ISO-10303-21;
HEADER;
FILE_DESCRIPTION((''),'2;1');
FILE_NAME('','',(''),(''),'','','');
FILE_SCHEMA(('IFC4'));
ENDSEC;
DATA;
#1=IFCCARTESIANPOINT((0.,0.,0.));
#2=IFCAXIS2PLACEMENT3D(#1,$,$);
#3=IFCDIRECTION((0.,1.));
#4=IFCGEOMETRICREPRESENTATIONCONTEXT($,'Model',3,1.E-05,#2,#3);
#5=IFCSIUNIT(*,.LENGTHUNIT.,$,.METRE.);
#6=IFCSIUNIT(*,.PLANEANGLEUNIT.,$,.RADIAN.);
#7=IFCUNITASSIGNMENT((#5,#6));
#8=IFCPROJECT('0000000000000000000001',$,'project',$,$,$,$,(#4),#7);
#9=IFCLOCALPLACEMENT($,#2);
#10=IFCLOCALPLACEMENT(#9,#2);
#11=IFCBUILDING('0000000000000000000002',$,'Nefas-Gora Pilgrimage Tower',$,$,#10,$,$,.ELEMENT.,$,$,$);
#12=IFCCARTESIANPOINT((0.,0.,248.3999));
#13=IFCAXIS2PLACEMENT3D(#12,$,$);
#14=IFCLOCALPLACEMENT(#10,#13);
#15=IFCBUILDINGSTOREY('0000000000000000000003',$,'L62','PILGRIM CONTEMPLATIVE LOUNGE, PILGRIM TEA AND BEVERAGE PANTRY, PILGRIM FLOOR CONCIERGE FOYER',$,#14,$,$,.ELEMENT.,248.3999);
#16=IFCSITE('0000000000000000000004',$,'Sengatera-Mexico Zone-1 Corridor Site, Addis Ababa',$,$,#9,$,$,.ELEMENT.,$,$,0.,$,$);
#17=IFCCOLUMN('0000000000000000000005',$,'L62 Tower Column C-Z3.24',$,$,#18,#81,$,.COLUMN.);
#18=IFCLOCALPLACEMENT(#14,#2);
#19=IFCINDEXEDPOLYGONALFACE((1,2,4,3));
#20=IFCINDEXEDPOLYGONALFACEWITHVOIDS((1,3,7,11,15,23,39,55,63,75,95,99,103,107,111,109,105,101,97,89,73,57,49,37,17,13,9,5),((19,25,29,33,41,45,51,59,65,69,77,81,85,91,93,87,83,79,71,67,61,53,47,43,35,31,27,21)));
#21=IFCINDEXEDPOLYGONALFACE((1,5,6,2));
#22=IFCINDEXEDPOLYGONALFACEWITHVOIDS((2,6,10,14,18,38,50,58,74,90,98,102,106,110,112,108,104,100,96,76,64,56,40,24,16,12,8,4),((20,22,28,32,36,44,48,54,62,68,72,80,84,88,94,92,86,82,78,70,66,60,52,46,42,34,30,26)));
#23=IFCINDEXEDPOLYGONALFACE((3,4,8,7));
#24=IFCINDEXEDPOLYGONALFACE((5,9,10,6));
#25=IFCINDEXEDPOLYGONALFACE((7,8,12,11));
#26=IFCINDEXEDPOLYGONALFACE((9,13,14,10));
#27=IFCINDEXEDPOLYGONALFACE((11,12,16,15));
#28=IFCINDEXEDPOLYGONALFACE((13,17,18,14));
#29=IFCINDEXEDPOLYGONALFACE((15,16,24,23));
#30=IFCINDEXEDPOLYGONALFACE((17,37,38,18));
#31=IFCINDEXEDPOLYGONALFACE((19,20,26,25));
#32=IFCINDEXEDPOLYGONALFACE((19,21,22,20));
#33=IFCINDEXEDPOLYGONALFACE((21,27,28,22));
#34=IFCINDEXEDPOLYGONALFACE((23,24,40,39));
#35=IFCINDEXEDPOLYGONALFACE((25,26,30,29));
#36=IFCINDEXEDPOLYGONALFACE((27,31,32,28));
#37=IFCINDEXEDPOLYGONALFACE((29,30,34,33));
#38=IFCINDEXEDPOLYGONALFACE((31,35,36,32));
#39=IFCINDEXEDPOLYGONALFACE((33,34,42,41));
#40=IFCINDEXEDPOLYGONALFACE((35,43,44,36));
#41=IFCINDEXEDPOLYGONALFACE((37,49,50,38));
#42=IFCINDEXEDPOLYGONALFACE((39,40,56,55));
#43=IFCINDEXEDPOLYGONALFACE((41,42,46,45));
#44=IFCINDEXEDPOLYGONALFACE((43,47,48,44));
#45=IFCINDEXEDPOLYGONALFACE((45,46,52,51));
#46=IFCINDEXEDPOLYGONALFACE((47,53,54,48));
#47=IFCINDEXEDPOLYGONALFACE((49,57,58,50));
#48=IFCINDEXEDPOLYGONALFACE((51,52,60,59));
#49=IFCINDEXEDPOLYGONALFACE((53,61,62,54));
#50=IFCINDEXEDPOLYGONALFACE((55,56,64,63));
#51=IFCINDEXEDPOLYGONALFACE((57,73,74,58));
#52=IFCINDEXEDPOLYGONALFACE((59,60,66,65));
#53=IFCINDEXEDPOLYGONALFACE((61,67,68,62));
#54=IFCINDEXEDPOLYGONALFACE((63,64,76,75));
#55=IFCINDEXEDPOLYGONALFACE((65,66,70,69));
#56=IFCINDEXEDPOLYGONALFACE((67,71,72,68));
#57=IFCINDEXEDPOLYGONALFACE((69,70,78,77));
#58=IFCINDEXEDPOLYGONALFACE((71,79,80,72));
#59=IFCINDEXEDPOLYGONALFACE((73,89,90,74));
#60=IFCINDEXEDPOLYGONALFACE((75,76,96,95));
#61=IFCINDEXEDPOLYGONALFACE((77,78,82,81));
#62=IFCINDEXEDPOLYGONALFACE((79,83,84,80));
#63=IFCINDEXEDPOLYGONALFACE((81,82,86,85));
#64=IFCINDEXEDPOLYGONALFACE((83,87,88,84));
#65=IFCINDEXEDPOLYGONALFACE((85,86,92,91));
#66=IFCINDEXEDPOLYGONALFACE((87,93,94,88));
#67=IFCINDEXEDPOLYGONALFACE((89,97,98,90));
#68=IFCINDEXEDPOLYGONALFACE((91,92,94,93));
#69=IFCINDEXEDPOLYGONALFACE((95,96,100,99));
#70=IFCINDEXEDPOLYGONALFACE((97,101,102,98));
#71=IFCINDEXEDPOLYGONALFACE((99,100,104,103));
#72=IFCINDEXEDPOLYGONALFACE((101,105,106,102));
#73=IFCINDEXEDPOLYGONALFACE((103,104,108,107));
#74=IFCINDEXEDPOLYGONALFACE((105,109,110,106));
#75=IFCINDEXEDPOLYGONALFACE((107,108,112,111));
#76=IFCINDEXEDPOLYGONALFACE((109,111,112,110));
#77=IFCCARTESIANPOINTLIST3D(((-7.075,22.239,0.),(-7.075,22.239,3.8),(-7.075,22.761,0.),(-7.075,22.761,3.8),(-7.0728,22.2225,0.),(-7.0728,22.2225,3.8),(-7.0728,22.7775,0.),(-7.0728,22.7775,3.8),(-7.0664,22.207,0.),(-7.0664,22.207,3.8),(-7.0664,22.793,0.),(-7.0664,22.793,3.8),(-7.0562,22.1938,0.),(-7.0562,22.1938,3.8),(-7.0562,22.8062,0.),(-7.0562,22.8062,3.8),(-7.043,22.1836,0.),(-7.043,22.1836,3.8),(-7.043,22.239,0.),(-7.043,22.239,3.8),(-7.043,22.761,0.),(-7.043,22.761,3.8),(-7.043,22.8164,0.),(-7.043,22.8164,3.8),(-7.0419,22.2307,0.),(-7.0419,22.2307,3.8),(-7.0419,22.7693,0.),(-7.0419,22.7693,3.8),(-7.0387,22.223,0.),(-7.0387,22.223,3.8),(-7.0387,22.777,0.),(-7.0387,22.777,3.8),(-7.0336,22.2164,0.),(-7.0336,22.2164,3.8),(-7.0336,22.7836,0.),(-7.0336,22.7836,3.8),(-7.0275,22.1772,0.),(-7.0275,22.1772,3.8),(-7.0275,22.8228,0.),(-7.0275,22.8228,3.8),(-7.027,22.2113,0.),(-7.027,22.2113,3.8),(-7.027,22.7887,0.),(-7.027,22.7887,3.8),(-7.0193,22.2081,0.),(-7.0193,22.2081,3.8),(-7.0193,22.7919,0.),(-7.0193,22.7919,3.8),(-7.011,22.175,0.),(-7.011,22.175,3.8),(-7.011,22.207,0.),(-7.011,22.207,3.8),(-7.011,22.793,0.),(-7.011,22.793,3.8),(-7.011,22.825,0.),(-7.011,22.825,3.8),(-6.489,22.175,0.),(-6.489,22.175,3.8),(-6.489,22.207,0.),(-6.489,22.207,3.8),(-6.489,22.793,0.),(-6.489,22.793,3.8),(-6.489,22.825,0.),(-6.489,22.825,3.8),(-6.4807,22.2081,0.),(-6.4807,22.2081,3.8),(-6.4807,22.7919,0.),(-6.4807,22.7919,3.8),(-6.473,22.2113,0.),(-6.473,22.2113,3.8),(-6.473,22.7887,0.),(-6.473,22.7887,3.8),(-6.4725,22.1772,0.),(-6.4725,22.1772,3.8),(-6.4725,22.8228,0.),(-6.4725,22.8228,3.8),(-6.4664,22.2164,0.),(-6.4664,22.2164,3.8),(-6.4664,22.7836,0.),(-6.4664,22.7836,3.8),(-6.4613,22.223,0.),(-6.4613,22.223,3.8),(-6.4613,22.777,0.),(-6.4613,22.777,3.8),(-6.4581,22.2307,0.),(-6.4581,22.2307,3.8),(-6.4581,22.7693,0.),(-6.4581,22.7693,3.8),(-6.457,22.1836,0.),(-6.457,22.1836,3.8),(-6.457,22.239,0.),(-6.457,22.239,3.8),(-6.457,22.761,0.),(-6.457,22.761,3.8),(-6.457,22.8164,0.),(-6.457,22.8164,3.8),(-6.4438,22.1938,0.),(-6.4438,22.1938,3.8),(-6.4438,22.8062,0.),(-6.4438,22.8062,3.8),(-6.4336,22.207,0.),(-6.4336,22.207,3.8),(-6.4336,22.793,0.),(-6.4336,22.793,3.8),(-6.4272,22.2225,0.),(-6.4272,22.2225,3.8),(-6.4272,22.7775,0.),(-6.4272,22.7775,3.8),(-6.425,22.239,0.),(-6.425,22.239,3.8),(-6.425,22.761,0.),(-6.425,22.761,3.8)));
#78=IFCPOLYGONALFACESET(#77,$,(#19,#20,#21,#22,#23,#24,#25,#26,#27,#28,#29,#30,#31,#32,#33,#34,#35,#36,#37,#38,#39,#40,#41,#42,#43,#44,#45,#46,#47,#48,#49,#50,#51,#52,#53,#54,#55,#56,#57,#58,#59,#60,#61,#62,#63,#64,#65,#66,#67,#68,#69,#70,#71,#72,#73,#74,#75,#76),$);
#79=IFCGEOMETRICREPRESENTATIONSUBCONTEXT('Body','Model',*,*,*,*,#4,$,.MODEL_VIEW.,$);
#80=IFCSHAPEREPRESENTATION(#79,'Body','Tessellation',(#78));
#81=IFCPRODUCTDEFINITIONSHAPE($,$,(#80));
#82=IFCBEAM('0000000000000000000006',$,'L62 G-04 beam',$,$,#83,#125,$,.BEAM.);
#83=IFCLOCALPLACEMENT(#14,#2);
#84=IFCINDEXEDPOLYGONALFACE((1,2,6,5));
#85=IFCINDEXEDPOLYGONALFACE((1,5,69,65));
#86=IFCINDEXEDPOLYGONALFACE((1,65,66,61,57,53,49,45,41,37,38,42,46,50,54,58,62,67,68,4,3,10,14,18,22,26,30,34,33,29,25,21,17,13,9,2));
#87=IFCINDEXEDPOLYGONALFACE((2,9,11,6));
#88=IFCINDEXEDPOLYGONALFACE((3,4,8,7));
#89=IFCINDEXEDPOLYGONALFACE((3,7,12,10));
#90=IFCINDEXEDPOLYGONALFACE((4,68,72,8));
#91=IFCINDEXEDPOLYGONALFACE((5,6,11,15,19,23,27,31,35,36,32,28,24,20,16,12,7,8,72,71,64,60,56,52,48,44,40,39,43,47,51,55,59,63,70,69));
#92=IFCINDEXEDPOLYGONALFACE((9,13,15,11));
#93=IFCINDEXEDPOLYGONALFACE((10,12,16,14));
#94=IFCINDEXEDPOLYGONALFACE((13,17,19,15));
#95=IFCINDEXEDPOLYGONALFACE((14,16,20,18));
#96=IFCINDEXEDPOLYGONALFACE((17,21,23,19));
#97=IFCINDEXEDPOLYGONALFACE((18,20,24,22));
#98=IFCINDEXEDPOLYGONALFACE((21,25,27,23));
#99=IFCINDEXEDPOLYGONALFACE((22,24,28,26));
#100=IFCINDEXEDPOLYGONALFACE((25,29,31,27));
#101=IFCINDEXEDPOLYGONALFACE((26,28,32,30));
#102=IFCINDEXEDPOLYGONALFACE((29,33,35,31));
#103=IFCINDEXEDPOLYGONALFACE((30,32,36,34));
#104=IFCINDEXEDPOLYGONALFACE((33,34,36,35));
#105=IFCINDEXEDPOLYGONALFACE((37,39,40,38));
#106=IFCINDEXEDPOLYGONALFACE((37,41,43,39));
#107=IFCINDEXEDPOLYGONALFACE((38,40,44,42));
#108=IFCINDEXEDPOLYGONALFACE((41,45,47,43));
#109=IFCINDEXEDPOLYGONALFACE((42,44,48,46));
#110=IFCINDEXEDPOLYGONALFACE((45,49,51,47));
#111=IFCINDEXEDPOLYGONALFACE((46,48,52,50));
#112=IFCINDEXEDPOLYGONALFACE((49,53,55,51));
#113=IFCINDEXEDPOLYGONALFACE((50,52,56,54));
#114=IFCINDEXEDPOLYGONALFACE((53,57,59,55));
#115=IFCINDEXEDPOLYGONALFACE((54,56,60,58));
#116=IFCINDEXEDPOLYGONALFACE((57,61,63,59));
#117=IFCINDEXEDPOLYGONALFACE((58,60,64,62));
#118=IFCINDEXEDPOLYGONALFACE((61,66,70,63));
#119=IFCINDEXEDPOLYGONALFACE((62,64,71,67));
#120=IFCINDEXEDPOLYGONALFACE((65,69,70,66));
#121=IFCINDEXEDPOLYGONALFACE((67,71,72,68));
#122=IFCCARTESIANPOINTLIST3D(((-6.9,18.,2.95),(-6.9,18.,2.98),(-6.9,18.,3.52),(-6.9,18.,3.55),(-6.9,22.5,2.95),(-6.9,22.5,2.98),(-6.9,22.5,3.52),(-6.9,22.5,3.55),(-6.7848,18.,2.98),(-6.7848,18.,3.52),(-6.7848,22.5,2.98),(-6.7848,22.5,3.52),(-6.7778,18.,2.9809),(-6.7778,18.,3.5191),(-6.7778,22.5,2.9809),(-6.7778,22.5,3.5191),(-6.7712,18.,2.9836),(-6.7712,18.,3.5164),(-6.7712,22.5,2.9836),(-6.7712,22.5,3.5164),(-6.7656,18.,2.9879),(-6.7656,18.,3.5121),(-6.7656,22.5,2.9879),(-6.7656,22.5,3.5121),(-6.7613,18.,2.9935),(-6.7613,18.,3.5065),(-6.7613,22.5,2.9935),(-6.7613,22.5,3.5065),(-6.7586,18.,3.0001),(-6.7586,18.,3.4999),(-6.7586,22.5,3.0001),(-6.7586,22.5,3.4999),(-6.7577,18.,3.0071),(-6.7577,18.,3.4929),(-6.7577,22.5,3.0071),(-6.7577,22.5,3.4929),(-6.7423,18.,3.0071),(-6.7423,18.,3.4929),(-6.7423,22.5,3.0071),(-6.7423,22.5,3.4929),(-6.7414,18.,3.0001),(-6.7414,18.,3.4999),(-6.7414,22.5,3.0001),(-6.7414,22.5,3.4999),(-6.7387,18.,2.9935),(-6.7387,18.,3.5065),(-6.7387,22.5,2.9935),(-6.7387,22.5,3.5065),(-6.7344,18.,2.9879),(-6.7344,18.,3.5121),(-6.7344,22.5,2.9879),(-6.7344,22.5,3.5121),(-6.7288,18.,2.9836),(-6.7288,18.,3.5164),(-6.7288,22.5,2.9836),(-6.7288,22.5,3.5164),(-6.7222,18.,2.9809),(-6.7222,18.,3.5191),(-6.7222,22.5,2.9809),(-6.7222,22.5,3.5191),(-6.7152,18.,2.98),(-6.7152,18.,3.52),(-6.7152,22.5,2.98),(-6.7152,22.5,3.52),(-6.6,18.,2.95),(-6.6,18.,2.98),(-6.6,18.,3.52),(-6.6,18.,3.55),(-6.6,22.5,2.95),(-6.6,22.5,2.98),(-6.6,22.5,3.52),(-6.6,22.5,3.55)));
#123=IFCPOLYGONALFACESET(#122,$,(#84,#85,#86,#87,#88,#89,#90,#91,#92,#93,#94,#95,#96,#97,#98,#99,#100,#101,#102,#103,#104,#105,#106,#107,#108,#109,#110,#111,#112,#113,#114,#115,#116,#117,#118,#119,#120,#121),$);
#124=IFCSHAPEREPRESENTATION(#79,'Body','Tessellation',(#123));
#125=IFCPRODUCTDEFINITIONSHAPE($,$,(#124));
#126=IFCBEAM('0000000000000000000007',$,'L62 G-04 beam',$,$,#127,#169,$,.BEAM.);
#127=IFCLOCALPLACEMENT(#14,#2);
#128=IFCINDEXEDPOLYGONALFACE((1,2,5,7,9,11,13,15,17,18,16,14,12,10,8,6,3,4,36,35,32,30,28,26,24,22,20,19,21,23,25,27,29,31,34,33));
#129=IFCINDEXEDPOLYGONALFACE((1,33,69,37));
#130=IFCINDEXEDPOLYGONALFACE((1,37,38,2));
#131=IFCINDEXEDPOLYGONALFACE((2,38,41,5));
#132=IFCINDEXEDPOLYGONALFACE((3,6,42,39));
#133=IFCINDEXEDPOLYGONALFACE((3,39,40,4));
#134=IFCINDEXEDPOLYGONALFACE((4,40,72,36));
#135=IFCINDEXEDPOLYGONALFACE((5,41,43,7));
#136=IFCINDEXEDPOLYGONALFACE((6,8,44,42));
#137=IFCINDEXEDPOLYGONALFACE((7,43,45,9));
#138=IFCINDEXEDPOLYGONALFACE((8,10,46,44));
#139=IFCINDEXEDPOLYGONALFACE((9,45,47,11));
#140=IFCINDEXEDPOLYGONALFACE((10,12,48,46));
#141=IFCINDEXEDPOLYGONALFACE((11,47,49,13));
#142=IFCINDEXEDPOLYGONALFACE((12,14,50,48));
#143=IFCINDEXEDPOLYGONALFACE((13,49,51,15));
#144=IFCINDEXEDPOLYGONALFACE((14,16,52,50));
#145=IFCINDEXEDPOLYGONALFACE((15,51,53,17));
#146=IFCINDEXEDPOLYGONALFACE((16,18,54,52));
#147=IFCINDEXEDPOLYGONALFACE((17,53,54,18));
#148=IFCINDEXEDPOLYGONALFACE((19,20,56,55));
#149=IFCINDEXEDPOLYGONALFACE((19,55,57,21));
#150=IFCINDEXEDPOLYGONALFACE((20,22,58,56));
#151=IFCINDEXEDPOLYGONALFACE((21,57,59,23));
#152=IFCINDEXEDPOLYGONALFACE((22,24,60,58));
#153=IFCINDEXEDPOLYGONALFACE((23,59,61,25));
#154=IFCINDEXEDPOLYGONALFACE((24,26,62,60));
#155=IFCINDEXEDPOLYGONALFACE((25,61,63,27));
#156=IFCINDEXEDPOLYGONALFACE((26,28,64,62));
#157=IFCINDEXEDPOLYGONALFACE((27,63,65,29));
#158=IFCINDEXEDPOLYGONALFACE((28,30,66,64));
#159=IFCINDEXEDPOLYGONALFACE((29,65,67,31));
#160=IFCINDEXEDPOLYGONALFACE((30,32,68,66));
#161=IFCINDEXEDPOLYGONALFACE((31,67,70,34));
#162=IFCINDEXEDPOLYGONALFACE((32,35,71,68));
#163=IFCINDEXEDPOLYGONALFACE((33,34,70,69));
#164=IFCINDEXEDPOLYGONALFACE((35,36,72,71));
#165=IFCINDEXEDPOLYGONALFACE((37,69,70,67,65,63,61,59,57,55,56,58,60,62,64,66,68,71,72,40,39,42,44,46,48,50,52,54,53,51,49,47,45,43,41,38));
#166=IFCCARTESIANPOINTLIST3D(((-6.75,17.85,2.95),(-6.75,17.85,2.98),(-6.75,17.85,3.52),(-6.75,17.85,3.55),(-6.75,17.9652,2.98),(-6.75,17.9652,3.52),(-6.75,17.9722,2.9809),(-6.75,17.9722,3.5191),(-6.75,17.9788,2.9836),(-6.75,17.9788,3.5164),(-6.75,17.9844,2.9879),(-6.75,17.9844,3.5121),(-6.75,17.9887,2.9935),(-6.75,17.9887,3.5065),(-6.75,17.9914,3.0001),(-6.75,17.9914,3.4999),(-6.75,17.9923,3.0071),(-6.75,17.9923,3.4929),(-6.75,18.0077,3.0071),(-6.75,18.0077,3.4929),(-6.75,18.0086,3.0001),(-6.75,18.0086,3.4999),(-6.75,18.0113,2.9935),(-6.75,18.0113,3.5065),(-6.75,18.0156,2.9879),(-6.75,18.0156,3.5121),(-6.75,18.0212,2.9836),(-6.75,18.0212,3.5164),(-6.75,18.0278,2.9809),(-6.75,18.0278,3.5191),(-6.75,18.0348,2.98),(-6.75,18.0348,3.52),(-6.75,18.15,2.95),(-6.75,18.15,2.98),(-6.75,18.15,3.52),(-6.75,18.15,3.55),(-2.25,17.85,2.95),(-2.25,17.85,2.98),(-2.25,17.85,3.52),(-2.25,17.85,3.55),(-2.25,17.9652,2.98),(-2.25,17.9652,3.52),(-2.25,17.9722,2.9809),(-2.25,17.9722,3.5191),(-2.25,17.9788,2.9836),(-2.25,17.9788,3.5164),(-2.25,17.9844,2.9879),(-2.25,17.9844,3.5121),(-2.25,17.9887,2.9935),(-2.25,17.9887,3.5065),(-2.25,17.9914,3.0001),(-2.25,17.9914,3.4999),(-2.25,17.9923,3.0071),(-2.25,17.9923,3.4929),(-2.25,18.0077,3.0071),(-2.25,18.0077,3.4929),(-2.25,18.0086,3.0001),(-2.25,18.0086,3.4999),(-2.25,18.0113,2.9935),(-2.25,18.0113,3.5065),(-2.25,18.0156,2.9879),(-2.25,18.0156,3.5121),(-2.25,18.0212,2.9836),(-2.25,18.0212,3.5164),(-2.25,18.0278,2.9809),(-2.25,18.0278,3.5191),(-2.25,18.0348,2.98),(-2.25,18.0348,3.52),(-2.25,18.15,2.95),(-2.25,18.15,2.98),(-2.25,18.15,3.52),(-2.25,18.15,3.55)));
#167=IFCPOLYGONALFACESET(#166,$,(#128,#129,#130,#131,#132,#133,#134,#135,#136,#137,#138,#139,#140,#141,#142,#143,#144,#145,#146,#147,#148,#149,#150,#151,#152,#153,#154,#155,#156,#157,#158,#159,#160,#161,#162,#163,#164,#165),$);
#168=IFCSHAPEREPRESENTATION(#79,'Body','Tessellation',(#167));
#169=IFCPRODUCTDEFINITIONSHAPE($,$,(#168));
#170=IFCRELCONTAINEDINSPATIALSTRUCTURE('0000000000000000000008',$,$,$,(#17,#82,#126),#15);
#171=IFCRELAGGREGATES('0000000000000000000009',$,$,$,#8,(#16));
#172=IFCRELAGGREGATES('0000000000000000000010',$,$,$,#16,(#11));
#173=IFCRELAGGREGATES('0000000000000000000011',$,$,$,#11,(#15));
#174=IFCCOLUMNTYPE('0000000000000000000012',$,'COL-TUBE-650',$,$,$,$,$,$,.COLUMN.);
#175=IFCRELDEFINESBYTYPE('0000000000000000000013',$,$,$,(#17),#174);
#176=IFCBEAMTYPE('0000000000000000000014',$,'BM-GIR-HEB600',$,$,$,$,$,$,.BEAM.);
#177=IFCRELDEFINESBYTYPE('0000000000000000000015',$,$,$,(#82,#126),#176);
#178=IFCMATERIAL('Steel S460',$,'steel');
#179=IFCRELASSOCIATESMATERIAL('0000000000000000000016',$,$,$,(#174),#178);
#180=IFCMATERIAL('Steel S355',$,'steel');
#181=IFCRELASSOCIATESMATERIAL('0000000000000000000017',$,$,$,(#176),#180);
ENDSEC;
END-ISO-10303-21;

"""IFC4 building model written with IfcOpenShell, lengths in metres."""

from ifc_helpers import new_model, si_unit, direction, frame, origin, origin_2d, place, context, subcontext, project, spatial, hollow_rectangle, i_section, extrude, source, transform, mapped, material, material_profile, profile_set, type_object, element, save


model = new_model("IFC4")

# Units and contexts
model_context = context("Model", 3, precision=1e-05, world=origin(), true_north=direction((0.0, 1.0)))
body_context = subcontext(model_context, "Body", "Model", "MODEL_VIEW")
ifc_project = project(units=[si_unit("LENGTHUNIT", "METRE"), si_unit("PLANEANGLEUNIT", "RADIAN")], contexts=[model_context])

# Site, building, storey
site_placement = place(None, origin())
site = spatial("IfcSite", under=ifc_project, at=site_placement, Name="Sengatera-Mexico Zone-1 Corridor Site, Addis Ababa", CompositionType="ELEMENT", RefElevation=0.0)
building_placement = place(site_placement, origin())
building = spatial("IfcBuilding", under=site, at=building_placement, Name="Nefas-Gora Pilgrimage Tower", CompositionType="ELEMENT")
storey_placement = place(building_placement, frame((0.0, 0.0, 248.3999)))
storey = spatial("IfcBuildingStorey", under=building, at=storey_placement, Name="L62", Description="PILGRIM CONTEMPLATIVE LOUNGE, PILGRIM TEA AND BEVERAGE PANTRY, PILGRIM FLOOR CONCIERGE FOYER", CompositionType="ELEMENT", Elevation=248.3999)

# Column
ifc_material_1 = material(Name="Steel S460", Category="steel")
ifc_material_profile_1 = material_profile(ifc_material_1, hollow_rectangle(XDim=0.6499, YDim=0.6499, WallThickness=0.032, InnerFilletRadius=0.032, OuterFilletRadius=0.064, at=origin_2d()), Name="BOX 650x650x32")
ifc_profile_set_1 = profile_set([ifc_material_profile_1], Name="Steel S460")
column_type_1 = type_object("IfcColumnType", Name="COL-TUBE-650", PredefinedType="COLUMN", material=ifc_profile_set_1)
shared_shape_1 = source(origin(), body_context, "Body", "SweptSolid", [
    extrude(hollow_rectangle(XDim=0.6499, YDim=0.6499, WallThickness=0.032, InnerFilletRadius=0.032, OuterFilletRadius=0.064, at=origin_2d()), origin(), (0.0, 0.0, 1.0), 3.8),
])
column_placement = place(storey_placement, frame((-6.75, 22.5, 0.0), z_axis=(0.0, 0.0, 1.0), x_axis=(1.0, 0.0, 0.0)))
element("IfcColumn", 1, at=column_placement, inside=storey, type_object=column_type_1, Name="L62 Tower Column C-Z3.24", PredefinedType="COLUMN", context=body_context, shape_type="MappedRepresentation", body=[
    mapped(shared_shape_1, transform((0.0, 0.0, 0.0), x_axis=(1.0, 0.0, 0.0), y_axis=(0.0, 1.0, 0.0), z_axis=(0.0, 0.0, 1.0), scale=1.0)),
])

# Beams
ifc_material_2 = material(Name="Steel S355", Category="steel")
ifc_material_profile_2 = material_profile(ifc_material_2, i_section(OverallWidth=0.3, OverallDepth=0.6001, WebThickness=0.0154, FlangeThickness=0.03, FilletRadius=0.0271, at=origin_2d()), Name="HEB 600")
ifc_profile_set_2 = profile_set([ifc_material_profile_2], Name="Steel S355")
beam_type = type_object("IfcBeamType", Name="BM-GIR-HEB600", PredefinedType="BEAM", material=ifc_profile_set_2)
shared_shape_2 = source(origin(), body_context, "Body", "SweptSolid", [
    extrude(i_section(OverallWidth=0.3, OverallDepth=0.6001, WebThickness=0.0154, FlangeThickness=0.03, FilletRadius=0.0271, at=origin_2d()), origin(), (0.0, 0.0, 1.0), 4.5),
])
for number, where, z_axis, x_axis, name in (
    (2, (-6.75, 18.0, 3.25), (0.0, 1.0, 0.0), (-1.0, 0.0, 0.0), "L62 G-04 beam"),
    (3, (-6.75, 18.0, 3.25), (1.0, 0.0, 0.0), (0.0, 1.0, 0.0), "L62 G-04 beam"),
):
    element("IfcBeam", number, at=place(storey_placement, frame(where, z_axis=z_axis, x_axis=x_axis)), inside=storey, type_object=beam_type, Name=name, PredefinedType="BEAM", context=body_context, shape_type="MappedRepresentation", body=[
        mapped(shared_shape_2, transform((0.0, 0.0, 0.0), x_axis=(1.0, 0.0, 0.0), y_axis=(0.0, 1.0, 0.0), z_axis=(0.0, 0.0, 1.0), scale=1.0)),
    ])

save(model, "model.ifc")
